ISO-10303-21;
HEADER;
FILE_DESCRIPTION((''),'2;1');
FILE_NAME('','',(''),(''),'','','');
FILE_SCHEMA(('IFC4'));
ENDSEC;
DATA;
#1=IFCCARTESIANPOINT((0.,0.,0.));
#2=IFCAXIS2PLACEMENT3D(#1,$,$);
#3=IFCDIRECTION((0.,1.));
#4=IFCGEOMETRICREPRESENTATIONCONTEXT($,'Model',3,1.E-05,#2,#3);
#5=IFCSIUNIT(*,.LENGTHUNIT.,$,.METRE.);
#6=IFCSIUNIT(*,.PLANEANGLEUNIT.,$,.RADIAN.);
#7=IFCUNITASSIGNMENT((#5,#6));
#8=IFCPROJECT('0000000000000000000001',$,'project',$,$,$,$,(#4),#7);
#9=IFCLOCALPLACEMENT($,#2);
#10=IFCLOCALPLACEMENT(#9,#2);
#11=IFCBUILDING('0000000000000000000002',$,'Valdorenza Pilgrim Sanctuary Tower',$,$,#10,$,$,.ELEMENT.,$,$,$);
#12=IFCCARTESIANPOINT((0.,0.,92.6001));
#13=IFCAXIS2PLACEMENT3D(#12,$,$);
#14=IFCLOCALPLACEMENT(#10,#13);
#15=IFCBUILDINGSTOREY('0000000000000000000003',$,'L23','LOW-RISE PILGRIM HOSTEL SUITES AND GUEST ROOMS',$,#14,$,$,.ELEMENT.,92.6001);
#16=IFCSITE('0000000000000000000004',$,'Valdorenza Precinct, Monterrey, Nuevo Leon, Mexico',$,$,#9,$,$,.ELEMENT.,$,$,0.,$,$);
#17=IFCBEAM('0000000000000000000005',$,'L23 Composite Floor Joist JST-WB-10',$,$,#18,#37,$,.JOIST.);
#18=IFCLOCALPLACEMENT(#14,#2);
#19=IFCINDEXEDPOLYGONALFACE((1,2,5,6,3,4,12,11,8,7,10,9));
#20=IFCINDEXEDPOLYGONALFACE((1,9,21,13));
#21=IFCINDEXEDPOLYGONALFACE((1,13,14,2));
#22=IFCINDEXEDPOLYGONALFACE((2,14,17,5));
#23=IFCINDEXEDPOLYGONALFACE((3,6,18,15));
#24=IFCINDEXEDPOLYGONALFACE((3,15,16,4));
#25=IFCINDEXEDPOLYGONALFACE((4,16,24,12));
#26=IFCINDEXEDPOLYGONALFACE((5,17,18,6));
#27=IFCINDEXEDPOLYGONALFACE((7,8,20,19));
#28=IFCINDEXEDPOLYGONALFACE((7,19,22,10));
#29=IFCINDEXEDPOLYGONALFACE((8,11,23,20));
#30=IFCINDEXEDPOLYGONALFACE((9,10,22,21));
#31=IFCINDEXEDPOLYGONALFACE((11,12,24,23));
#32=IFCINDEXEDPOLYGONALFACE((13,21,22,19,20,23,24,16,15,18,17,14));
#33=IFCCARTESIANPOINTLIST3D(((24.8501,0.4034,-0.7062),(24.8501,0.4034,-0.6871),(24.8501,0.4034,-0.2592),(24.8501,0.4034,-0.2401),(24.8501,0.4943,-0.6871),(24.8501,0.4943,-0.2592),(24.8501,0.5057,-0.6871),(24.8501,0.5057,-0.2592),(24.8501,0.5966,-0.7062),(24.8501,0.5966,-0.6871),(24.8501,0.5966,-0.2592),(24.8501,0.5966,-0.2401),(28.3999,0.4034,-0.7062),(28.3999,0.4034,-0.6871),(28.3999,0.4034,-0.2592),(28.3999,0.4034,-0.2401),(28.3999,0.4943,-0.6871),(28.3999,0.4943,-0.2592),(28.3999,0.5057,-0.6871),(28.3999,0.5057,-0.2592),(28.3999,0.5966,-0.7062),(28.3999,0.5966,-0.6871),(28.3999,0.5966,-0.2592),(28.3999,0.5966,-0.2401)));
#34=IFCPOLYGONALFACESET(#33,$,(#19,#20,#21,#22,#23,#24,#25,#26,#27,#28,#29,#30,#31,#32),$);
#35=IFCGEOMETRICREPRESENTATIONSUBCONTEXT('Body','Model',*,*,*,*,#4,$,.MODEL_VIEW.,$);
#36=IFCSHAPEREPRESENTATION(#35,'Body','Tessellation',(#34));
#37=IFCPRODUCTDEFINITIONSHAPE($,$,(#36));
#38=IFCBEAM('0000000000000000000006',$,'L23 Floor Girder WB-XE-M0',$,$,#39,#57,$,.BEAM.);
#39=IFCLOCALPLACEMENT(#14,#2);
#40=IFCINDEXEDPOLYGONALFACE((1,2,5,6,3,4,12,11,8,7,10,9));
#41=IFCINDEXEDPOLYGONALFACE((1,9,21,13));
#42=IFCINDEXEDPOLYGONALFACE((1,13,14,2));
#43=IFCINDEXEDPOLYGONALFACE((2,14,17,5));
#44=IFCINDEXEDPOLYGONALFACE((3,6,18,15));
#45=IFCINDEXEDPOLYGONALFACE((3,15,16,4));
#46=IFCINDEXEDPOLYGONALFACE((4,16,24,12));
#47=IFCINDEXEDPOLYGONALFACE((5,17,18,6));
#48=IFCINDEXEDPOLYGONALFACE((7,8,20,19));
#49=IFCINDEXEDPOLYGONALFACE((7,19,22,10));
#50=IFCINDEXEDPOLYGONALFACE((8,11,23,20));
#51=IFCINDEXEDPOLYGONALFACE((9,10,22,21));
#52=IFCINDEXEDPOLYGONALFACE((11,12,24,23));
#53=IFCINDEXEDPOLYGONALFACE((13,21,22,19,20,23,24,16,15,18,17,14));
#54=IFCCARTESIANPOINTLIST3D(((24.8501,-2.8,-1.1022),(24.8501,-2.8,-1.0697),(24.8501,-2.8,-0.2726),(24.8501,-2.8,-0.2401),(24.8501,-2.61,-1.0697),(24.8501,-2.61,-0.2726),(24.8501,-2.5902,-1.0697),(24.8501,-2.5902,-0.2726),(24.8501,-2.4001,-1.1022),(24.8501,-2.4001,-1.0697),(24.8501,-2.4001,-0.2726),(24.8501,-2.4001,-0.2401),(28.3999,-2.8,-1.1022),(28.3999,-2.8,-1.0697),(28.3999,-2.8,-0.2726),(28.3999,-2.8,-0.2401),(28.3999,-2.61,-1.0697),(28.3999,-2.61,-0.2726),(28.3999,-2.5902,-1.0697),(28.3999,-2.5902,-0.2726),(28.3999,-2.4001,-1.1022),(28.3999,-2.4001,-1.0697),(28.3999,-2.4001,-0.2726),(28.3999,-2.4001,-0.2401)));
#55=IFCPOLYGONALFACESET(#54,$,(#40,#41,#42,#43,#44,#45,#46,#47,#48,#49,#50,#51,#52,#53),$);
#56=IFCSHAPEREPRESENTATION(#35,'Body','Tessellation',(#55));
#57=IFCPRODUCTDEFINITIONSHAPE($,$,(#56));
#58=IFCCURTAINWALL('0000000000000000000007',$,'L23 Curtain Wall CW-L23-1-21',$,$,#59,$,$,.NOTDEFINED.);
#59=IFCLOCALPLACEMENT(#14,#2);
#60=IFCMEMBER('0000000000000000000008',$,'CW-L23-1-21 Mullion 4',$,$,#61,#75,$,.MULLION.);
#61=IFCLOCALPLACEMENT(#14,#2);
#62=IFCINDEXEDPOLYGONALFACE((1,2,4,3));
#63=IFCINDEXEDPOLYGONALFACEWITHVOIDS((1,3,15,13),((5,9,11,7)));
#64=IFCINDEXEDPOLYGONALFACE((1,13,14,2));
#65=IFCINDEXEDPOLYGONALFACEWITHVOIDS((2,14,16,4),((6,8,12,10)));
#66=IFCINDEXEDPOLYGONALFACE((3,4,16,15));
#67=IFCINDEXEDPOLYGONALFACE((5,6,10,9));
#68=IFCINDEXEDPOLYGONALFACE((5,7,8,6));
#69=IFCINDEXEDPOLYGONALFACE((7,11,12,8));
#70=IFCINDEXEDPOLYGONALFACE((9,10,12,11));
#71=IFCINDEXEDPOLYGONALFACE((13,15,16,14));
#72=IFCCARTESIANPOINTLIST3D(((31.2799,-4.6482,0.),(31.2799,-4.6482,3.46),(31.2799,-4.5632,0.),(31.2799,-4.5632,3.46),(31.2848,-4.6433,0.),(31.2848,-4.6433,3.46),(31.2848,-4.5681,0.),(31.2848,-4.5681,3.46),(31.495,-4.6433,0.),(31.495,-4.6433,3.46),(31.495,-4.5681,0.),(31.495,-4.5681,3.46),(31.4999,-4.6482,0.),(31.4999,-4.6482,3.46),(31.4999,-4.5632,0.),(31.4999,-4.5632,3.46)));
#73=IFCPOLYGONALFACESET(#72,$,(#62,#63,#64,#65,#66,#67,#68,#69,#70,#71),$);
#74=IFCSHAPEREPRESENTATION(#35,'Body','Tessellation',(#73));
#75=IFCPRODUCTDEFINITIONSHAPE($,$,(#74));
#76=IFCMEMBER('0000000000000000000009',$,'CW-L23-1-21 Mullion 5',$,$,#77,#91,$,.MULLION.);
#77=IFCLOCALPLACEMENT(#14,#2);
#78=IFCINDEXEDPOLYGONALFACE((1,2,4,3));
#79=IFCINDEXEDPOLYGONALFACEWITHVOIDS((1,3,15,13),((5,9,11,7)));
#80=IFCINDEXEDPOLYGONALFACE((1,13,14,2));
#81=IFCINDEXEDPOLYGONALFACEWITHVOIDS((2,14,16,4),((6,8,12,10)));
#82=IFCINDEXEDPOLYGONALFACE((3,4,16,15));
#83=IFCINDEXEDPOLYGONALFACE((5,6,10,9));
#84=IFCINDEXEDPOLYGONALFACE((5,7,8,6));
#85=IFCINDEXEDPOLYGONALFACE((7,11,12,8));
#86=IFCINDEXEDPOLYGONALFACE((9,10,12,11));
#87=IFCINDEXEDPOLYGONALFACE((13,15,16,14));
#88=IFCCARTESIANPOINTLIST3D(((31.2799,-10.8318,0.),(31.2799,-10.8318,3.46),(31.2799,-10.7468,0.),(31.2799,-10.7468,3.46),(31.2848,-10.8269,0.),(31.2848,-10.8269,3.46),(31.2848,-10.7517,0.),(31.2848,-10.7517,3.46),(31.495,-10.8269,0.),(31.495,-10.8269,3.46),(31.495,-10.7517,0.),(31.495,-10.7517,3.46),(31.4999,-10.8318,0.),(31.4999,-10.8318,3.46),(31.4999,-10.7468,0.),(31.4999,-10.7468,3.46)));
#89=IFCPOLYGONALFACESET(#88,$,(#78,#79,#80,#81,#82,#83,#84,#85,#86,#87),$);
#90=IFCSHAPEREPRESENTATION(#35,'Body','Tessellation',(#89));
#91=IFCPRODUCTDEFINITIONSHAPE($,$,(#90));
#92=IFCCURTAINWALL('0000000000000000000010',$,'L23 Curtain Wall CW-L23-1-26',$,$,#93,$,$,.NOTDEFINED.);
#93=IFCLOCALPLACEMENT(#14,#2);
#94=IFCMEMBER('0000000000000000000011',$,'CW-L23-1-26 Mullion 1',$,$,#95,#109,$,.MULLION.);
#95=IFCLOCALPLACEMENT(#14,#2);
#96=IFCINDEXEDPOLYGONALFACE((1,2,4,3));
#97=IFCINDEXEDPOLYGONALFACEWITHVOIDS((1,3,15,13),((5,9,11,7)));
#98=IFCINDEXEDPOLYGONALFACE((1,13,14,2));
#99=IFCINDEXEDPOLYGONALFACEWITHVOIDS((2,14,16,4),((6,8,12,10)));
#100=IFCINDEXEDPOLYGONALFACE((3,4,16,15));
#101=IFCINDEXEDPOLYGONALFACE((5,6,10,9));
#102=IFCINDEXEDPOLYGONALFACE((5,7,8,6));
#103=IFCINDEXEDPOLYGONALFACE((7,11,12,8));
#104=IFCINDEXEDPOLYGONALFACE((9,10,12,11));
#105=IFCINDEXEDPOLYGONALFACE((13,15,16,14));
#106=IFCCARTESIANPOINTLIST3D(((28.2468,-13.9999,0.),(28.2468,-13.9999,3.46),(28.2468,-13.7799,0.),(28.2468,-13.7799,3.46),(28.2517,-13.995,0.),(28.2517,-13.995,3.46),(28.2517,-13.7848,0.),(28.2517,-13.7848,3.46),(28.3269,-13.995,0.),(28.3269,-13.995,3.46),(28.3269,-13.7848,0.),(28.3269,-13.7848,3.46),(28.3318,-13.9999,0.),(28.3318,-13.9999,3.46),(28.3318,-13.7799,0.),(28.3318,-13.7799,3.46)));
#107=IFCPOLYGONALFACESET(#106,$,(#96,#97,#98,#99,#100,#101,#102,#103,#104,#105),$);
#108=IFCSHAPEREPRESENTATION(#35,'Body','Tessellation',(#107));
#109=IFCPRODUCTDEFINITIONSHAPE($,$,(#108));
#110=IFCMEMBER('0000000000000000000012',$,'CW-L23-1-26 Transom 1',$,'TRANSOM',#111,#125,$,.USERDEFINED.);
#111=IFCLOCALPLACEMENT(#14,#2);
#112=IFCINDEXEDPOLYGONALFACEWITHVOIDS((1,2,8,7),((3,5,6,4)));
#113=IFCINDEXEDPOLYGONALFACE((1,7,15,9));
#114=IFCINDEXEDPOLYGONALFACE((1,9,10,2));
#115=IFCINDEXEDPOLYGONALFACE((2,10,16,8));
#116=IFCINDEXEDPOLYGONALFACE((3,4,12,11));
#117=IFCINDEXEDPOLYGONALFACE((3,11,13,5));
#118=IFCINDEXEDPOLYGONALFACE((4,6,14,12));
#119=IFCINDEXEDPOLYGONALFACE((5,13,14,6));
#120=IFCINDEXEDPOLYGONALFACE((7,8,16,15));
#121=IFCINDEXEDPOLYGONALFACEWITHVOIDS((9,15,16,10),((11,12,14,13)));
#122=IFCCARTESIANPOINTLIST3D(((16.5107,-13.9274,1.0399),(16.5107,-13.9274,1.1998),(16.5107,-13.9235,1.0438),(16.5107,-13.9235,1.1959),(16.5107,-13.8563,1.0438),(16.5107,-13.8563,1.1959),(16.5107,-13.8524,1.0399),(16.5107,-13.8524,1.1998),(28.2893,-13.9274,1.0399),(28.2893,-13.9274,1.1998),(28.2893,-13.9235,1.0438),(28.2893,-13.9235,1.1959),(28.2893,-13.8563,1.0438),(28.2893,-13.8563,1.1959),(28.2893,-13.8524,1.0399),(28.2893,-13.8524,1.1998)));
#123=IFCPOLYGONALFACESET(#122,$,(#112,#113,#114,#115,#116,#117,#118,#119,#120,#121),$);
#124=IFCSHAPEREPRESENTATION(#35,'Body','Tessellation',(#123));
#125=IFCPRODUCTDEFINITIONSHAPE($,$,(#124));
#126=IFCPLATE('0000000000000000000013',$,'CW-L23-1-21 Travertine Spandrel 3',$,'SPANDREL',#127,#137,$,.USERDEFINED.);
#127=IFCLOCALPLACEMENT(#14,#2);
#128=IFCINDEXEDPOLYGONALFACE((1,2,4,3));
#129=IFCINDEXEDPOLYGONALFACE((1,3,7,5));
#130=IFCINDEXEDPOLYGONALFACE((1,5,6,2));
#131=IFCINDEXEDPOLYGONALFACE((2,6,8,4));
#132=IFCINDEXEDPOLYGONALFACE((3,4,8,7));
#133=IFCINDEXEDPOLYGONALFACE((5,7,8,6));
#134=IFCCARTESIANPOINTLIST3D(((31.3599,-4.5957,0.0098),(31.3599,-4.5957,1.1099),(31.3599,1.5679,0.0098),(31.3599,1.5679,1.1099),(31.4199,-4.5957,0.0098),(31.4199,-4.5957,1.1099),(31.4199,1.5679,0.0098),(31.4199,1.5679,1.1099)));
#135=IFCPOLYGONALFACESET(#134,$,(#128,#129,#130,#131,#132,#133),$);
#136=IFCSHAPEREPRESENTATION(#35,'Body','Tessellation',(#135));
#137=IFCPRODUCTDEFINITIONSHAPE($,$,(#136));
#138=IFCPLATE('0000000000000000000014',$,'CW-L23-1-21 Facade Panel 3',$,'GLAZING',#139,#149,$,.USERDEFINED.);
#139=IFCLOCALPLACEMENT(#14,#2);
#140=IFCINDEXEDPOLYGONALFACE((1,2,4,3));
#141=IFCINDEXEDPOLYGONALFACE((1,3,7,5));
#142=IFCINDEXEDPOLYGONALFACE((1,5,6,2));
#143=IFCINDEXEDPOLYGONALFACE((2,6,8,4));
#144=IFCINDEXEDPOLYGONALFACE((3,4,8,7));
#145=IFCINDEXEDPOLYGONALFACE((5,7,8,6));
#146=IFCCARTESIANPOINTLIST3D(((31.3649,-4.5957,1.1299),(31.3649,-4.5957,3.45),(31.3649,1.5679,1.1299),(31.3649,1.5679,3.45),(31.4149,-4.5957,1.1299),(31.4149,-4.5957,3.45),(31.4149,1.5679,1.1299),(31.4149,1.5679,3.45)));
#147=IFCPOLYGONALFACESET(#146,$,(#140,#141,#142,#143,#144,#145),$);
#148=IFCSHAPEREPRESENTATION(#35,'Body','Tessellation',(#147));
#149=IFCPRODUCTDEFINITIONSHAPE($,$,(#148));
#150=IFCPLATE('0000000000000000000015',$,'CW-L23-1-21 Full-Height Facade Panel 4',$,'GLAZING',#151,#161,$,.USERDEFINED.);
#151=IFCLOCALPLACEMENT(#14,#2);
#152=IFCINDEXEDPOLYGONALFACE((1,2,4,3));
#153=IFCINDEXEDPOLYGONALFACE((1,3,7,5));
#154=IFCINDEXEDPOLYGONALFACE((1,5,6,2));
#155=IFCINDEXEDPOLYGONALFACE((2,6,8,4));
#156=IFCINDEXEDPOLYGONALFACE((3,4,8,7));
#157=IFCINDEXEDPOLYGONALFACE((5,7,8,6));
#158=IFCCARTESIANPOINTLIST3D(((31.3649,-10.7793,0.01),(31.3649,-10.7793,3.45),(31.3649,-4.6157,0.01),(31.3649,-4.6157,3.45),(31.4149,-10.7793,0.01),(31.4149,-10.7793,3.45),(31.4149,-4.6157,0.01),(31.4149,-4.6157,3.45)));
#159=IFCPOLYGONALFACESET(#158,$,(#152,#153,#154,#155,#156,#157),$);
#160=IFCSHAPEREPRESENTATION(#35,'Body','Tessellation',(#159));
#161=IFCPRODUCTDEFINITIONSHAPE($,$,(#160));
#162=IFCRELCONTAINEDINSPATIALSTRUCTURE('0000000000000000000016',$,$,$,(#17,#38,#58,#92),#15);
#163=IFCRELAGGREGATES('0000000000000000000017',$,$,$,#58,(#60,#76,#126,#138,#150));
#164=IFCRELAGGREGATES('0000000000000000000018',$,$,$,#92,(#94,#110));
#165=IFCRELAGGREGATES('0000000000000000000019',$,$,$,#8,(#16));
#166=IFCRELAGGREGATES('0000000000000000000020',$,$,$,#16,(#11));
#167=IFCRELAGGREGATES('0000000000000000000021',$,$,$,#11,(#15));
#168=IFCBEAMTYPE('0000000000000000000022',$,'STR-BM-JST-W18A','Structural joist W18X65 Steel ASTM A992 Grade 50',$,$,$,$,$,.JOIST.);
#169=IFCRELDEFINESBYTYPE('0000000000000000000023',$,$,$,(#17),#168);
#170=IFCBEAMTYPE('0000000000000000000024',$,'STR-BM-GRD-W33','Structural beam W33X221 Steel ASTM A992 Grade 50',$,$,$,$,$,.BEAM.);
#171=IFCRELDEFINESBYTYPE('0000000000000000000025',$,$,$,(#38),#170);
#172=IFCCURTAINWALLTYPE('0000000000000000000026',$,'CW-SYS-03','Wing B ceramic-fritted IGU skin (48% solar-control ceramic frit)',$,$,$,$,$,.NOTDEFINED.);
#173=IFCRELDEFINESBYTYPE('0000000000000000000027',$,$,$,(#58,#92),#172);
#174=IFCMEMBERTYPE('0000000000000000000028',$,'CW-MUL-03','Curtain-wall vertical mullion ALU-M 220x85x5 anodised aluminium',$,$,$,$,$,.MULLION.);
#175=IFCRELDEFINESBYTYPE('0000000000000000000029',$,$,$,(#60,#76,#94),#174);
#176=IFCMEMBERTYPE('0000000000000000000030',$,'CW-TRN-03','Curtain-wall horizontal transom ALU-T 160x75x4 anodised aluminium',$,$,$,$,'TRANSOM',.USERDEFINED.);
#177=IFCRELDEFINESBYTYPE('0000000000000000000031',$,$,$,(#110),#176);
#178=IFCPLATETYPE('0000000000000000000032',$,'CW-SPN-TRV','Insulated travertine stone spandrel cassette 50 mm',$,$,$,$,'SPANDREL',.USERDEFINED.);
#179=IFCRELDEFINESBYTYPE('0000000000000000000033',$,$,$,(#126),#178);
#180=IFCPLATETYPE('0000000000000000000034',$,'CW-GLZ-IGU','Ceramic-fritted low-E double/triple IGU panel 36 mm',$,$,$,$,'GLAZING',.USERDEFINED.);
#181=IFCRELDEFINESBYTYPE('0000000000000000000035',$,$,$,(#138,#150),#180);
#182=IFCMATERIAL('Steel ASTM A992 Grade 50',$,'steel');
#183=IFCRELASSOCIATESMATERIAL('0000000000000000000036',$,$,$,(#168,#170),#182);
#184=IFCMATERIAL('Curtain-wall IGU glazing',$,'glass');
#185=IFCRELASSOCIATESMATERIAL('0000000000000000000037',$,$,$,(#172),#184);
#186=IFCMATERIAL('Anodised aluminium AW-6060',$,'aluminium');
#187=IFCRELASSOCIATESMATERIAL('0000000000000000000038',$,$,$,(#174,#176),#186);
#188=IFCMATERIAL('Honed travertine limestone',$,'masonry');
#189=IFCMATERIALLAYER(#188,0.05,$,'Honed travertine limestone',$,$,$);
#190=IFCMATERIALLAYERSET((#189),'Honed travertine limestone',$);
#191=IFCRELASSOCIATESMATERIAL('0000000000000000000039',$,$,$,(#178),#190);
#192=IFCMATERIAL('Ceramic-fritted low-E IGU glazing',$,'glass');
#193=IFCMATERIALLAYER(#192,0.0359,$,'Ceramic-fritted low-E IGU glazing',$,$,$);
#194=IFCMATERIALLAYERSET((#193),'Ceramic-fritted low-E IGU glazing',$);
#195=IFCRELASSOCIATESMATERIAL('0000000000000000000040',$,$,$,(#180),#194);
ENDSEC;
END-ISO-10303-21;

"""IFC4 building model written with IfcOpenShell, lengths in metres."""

from ifc_helpers import new_model, si_unit, direction, frame, origin, origin_2d, place, context, subcontext, project, spatial, rectangle, hollow_rectangle, i_section, extrude, source, transform, mapped, material, layer, layer_set, material_profile, profile_set, type_object, element, aggregate, save


model = new_model("IFC4")

# Units and contexts
model_context = context("Model", 3, precision=1e-05, world=origin(), true_north=direction((0.0, 1.0)))
body_context = subcontext(model_context, "Body", "Model", "MODEL_VIEW")
ifc_project = project(units=[si_unit("LENGTHUNIT", "METRE"), si_unit("PLANEANGLEUNIT", "RADIAN")], contexts=[model_context])

# Site, building, storey
site_placement = place(None, origin())
site = spatial("IfcSite", under=ifc_project, at=site_placement, Name="Valdorenza Precinct, Monterrey, Nuevo Leon, Mexico", CompositionType="ELEMENT", RefElevation=0.0)
building_placement = place(site_placement, origin())
building = spatial("IfcBuilding", under=site, at=building_placement, Name="Valdorenza Pilgrim Sanctuary Tower", CompositionType="ELEMENT")
storey_placement = place(building_placement, frame((0.0, 0.0, 92.6001)))
storey = spatial("IfcBuildingStorey", under=building, at=storey_placement, Name="L23", Description="LOW-RISE PILGRIM HOSTEL SUITES AND GUEST ROOMS", CompositionType="ELEMENT", Elevation=92.6001)

# Beams
ifc_material_1 = material(Name="Steel ASTM A992 Grade 50", Category="steel")
ifc_material_profile_1 = material_profile(ifc_material_1, i_section(OverallWidth=0.1931, OverallDepth=0.4661, WebThickness=0.0115, FlangeThickness=0.019, at=origin_2d()), Name="W18X65")
ifc_profile_set_1 = profile_set([ifc_material_profile_1], Name="Steel ASTM A992 Grade 50")
beam_type_1 = type_object("IfcBeamType", Name="STR-BM-JST-W18A", Description="Structural joist W18X65 Steel ASTM A992 Grade 50", PredefinedType="JOIST", material=ifc_profile_set_1)
shared_shape_1 = source(origin(), body_context, "Body", "SweptSolid", [
    extrude(i_section(OverallWidth=0.1931, OverallDepth=0.4661, WebThickness=0.0115, FlangeThickness=0.019, at=origin_2d()), origin(), (0.0, 0.0, 1.0), 3.5498),
])
for number, where, z_axis, x_axis, name in (
    (1, (24.8501, 0.5, -0.4731), (1.0, 0.0, 0.0), (0.0, 1.0, 0.0), "L23 Composite Floor Joist JST-WB-10"),
):
    element("IfcBeam", number, at=place(storey_placement, frame(where, z_axis=z_axis, x_axis=x_axis)), inside=storey, type_object=beam_type_1, Name=name, PredefinedType="JOIST", context=body_context, shape_type="MappedRepresentation", body=[
        mapped(shared_shape_1, transform((0.0, 0.0, 0.0), x_axis=(1.0, 0.0, 0.0), y_axis=(0.0, 1.0, 0.0), z_axis=(0.0, 0.0, 1.0), scale=1.0)),
    ])
ifc_material_profile_2 = material_profile(ifc_material_1, i_section(OverallWidth=0.3999, OverallDepth=0.8621, WebThickness=0.0198, FlangeThickness=0.0325, at=origin_2d()), Name="W33X221")
ifc_profile_set_2 = profile_set([ifc_material_profile_2], Name="Steel ASTM A992 Grade 50")
beam_type_2 = type_object("IfcBeamType", Name="STR-BM-GRD-W33", Description="Structural beam W33X221 Steel ASTM A992 Grade 50", PredefinedType="BEAM", material=ifc_profile_set_2)
shared_shape_2 = source(origin(), body_context, "Body", "SweptSolid", [
    extrude(i_section(OverallWidth=0.3999, OverallDepth=0.8621, WebThickness=0.0198, FlangeThickness=0.0325, at=origin_2d()), origin(), (0.0, 0.0, 1.0), 3.5498),
])
beam_1_placement = place(storey_placement, frame((24.8501, -2.6001, -0.6711), z_axis=(1.0, 0.0, 0.0), x_axis=(0.0, 1.0, 0.0)))
element("IfcBeam", 2, at=beam_1_placement, inside=storey, type_object=beam_type_2, Name="L23 Floor Girder WB-XE-M0", PredefinedType="BEAM", context=body_context, shape_type="MappedRepresentation", body=[
    mapped(shared_shape_2, transform((0.0, 0.0, 0.0), x_axis=(1.0, 0.0, 0.0), y_axis=(0.0, 1.0, 0.0), z_axis=(0.0, 0.0, 1.0), scale=1.0)),
])

# Curtain walls, members
ifc_material_2 = material(Name="Curtain-wall IGU glazing", Category="glass")
curtain_wall_type = type_object("IfcCurtainWallType", Name="CW-SYS-03", Description="Wing B ceramic-fritted IGU skin (48% solar-control ceramic frit)", PredefinedType="NOTDEFINED", material=ifc_material_2)
curtain_wall_1_placement = place(storey_placement, origin())
curtain_wall_1 = element("IfcCurtainWall", 3, at=curtain_wall_1_placement, inside=storey, type_object=curtain_wall_type, Name="L23 Curtain Wall CW-L23-1-21", PredefinedType="NOTDEFINED")
ifc_material_3 = material(Name="Anodised aluminium AW-6060", Category="aluminium")
ifc_material_profile_3 = material_profile(ifc_material_3, hollow_rectangle(XDim=0.085, YDim=0.22, WallThickness=0.0049, at=origin_2d()), Name="ALU-M 220x85x5")
ifc_profile_set_3 = profile_set([ifc_material_profile_3], Name="Anodised aluminium AW-6060")
member_type_1 = type_object("IfcMemberType", Name="CW-MUL-03", Description="Curtain-wall vertical mullion ALU-M 220x85x5 anodised aluminium", PredefinedType="MULLION", material=ifc_profile_set_3)
shared_shape_3 = source(origin(), body_context, "Body", "SweptSolid", [
    extrude(hollow_rectangle(XDim=0.085, YDim=0.22, WallThickness=0.0049, at=origin_2d()), origin(), (0.0, 0.0, 1.0), 3.46),
])
member_1_placement = place(storey_placement, frame((31.3899, -4.6057, 0.0), z_axis=(0.0, 0.0, 1.0), x_axis=(0.0, -1.0, 0.0)))
member_1 = element("IfcMember", 4, at=member_1_placement, type_object=member_type_1, Name="CW-L23-1-21 Mullion 4", PredefinedType="MULLION", context=body_context, shape_type="MappedRepresentation", body=[
    mapped(shared_shape_3, transform((0.0, 0.0, 0.0), x_axis=(1.0, 0.0, 0.0), y_axis=(0.0, 1.0, 0.0), z_axis=(0.0, 0.0, 1.0), scale=1.0)),
])
member_2_placement = place(storey_placement, frame((31.3899, -10.7893, 0.0), z_axis=(0.0, 0.0, 1.0), x_axis=(0.0, -1.0, 0.0)))
member_2 = element("IfcMember", 5, at=member_2_placement, type_object=member_type_1, Name="CW-L23-1-21 Mullion 5", PredefinedType="MULLION", context=body_context, shape_type="MappedRepresentation", body=[
    mapped(shared_shape_3, transform((0.0, 0.0, 0.0), x_axis=(1.0, 0.0, 0.0), y_axis=(0.0, 1.0, 0.0), z_axis=(0.0, 0.0, 1.0), scale=1.0)),
])
curtain_wall_2_placement = place(storey_placement, origin())
curtain_wall_2 = element("IfcCurtainWall", 6, at=curtain_wall_2_placement, inside=storey, type_object=curtain_wall_type, Name="L23 Curtain Wall CW-L23-1-26", PredefinedType="NOTDEFINED")
member_3_placement = place(storey_placement, frame((28.2893, -13.8899, 0.0), z_axis=(0.0, 0.0, 1.0), x_axis=(-1.0, 0.0, 0.0)))
member_3 = element("IfcMember", 7, at=member_3_placement, type_object=member_type_1, Name="CW-L23-1-26 Mullion 1", PredefinedType="MULLION", context=body_context, shape_type="MappedRepresentation", body=[
    mapped(shared_shape_3, transform((0.0, 0.0, 0.0), x_axis=(1.0, 0.0, 0.0), y_axis=(0.0, 1.0, 0.0), z_axis=(0.0, 0.0, 1.0), scale=1.0)),
])
ifc_material_profile_4 = material_profile(ifc_material_3, hollow_rectangle(XDim=0.075, YDim=0.1599, WallThickness=0.0039, at=origin_2d()), Name="ALU-T 160x75x4")
ifc_profile_set_4 = profile_set([ifc_material_profile_4], Name="Anodised aluminium AW-6060")
member_type_2 = type_object("IfcMemberType", Name="CW-TRN-03", Description="Curtain-wall horizontal transom ALU-T 160x75x4 anodised aluminium", ElementType="TRANSOM", PredefinedType="USERDEFINED", material=ifc_profile_set_4)
shared_shape_4 = source(origin(), body_context, "Body", "SweptSolid", [
    extrude(hollow_rectangle(XDim=0.075, YDim=0.1599, WallThickness=0.0039, at=origin_2d()), origin(), (0.0, 0.0, 1.0), 11.7786),
])
member_4_placement = place(storey_placement, frame((28.2893, -13.8899, 1.1199), z_axis=(-1.0, 0.0, 0.0), x_axis=(0.0, -1.0, 0.0)))
member_4 = element("IfcMember", 8, at=member_4_placement, type_object=member_type_2, Name="CW-L23-1-26 Transom 1", ObjectType="TRANSOM", PredefinedType="USERDEFINED", context=body_context, shape_type="MappedRepresentation", body=[
    mapped(shared_shape_4, transform((0.0, 0.0, 0.0), x_axis=(1.0, 0.0, 0.0), y_axis=(0.0, 1.0, 0.0), z_axis=(0.0, 0.0, 1.0), scale=1.0)),
])

# Plates
ifc_material_4 = material(Name="Honed travertine limestone", Category="masonry")
ifc_layer_1 = layer(ifc_material_4, 0.05, Name="Honed travertine limestone")
ifc_layer_set_1 = layer_set([ifc_layer_1], Name="Honed travertine limestone")
plate_type_1 = type_object("IfcPlateType", Name="CW-SPN-TRV", Description="Insulated travertine stone spandrel cassette 50 mm", ElementType="SPANDREL", PredefinedType="USERDEFINED", material=ifc_layer_set_1)
shared_shape_5 = source(origin(), body_context, "Body", "SweptSolid", [
    extrude(rectangle(XDim=6.1636, YDim=0.0601, at=origin_2d()), origin(), (0.0, 0.0, 1.0), 1.1001),
])
plate_1_placement = place(storey_placement, frame((31.3899, -1.5139, 0.0098), z_axis=(0.0, 0.0, 1.0), x_axis=(0.0, -1.0, 0.0)))
plate_1 = element("IfcPlate", 9, at=plate_1_placement, type_object=plate_type_1, Name="CW-L23-1-21 Travertine Spandrel 3", ObjectType="SPANDREL", PredefinedType="USERDEFINED", context=body_context, shape_type="MappedRepresentation", body=[
    mapped(shared_shape_5, transform((0.0, 0.0, 0.0), x_axis=(1.0, 0.0, 0.0), y_axis=(0.0, 1.0, 0.0), z_axis=(0.0, 0.0, 1.0), scale=1.0)),
])
ifc_material_5 = material(Name="Ceramic-fritted low-E IGU glazing", Category="glass")
ifc_layer_2 = layer(ifc_material_5, 0.0359, Name="Ceramic-fritted low-E IGU glazing")
ifc_layer_set_2 = layer_set([ifc_layer_2], Name="Ceramic-fritted low-E IGU glazing")
plate_type_2 = type_object("IfcPlateType", Name="CW-GLZ-IGU", Description="Ceramic-fritted low-E double/triple IGU panel 36 mm", ElementType="GLAZING", PredefinedType="USERDEFINED", material=ifc_layer_set_2)
shared_shape_6 = source(origin(), body_context, "Body", "SweptSolid", [
    extrude(rectangle(XDim=6.1636, YDim=0.05, at=origin_2d()), origin(), (0.0, 0.0, 1.0), 2.3201),
])
plate_2_placement = place(storey_placement, frame((31.3899, -1.5139, 1.1299), z_axis=(0.0, 0.0, 1.0), x_axis=(0.0, -1.0, 0.0)))
plate_2 = element("IfcPlate", 10, at=plate_2_placement, type_object=plate_type_2, Name="CW-L23-1-21 Facade Panel 3", ObjectType="GLAZING", PredefinedType="USERDEFINED", context=body_context, shape_type="MappedRepresentation", body=[
    mapped(shared_shape_6, transform((0.0, 0.0, 0.0), x_axis=(1.0, 0.0, 0.0), y_axis=(0.0, 1.0, 0.0), z_axis=(0.0, 0.0, 1.0), scale=1.0)),
])
shared_shape_7 = source(origin(), body_context, "Body", "SweptSolid", [
    extrude(rectangle(XDim=6.1636, YDim=0.05, at=origin_2d()), origin(), (0.0, 0.0, 1.0), 3.4399),
])
plate_3_placement = place(storey_placement, frame((31.3899, -7.6975, 0.01), z_axis=(0.0, 0.0, 1.0), x_axis=(0.0, -1.0, 0.0)))
plate_3 = element("IfcPlate", 11, at=plate_3_placement, type_object=plate_type_2, Name="CW-L23-1-21 Full-Height Facade Panel 4", ObjectType="GLAZING", PredefinedType="USERDEFINED", context=body_context, shape_type="MappedRepresentation", body=[
    mapped(shared_shape_7, transform((0.0, 0.0, 0.0), x_axis=(1.0, 0.0, 0.0), y_axis=(0.0, 1.0, 0.0), z_axis=(0.0, 0.0, 1.0), scale=1.0)),
])
aggregate(curtain_wall_1, [member_1, member_2, plate_1, plate_2, plate_3])
aggregate(curtain_wall_2, [member_3, member_4])

save(model, "model.ifc")
